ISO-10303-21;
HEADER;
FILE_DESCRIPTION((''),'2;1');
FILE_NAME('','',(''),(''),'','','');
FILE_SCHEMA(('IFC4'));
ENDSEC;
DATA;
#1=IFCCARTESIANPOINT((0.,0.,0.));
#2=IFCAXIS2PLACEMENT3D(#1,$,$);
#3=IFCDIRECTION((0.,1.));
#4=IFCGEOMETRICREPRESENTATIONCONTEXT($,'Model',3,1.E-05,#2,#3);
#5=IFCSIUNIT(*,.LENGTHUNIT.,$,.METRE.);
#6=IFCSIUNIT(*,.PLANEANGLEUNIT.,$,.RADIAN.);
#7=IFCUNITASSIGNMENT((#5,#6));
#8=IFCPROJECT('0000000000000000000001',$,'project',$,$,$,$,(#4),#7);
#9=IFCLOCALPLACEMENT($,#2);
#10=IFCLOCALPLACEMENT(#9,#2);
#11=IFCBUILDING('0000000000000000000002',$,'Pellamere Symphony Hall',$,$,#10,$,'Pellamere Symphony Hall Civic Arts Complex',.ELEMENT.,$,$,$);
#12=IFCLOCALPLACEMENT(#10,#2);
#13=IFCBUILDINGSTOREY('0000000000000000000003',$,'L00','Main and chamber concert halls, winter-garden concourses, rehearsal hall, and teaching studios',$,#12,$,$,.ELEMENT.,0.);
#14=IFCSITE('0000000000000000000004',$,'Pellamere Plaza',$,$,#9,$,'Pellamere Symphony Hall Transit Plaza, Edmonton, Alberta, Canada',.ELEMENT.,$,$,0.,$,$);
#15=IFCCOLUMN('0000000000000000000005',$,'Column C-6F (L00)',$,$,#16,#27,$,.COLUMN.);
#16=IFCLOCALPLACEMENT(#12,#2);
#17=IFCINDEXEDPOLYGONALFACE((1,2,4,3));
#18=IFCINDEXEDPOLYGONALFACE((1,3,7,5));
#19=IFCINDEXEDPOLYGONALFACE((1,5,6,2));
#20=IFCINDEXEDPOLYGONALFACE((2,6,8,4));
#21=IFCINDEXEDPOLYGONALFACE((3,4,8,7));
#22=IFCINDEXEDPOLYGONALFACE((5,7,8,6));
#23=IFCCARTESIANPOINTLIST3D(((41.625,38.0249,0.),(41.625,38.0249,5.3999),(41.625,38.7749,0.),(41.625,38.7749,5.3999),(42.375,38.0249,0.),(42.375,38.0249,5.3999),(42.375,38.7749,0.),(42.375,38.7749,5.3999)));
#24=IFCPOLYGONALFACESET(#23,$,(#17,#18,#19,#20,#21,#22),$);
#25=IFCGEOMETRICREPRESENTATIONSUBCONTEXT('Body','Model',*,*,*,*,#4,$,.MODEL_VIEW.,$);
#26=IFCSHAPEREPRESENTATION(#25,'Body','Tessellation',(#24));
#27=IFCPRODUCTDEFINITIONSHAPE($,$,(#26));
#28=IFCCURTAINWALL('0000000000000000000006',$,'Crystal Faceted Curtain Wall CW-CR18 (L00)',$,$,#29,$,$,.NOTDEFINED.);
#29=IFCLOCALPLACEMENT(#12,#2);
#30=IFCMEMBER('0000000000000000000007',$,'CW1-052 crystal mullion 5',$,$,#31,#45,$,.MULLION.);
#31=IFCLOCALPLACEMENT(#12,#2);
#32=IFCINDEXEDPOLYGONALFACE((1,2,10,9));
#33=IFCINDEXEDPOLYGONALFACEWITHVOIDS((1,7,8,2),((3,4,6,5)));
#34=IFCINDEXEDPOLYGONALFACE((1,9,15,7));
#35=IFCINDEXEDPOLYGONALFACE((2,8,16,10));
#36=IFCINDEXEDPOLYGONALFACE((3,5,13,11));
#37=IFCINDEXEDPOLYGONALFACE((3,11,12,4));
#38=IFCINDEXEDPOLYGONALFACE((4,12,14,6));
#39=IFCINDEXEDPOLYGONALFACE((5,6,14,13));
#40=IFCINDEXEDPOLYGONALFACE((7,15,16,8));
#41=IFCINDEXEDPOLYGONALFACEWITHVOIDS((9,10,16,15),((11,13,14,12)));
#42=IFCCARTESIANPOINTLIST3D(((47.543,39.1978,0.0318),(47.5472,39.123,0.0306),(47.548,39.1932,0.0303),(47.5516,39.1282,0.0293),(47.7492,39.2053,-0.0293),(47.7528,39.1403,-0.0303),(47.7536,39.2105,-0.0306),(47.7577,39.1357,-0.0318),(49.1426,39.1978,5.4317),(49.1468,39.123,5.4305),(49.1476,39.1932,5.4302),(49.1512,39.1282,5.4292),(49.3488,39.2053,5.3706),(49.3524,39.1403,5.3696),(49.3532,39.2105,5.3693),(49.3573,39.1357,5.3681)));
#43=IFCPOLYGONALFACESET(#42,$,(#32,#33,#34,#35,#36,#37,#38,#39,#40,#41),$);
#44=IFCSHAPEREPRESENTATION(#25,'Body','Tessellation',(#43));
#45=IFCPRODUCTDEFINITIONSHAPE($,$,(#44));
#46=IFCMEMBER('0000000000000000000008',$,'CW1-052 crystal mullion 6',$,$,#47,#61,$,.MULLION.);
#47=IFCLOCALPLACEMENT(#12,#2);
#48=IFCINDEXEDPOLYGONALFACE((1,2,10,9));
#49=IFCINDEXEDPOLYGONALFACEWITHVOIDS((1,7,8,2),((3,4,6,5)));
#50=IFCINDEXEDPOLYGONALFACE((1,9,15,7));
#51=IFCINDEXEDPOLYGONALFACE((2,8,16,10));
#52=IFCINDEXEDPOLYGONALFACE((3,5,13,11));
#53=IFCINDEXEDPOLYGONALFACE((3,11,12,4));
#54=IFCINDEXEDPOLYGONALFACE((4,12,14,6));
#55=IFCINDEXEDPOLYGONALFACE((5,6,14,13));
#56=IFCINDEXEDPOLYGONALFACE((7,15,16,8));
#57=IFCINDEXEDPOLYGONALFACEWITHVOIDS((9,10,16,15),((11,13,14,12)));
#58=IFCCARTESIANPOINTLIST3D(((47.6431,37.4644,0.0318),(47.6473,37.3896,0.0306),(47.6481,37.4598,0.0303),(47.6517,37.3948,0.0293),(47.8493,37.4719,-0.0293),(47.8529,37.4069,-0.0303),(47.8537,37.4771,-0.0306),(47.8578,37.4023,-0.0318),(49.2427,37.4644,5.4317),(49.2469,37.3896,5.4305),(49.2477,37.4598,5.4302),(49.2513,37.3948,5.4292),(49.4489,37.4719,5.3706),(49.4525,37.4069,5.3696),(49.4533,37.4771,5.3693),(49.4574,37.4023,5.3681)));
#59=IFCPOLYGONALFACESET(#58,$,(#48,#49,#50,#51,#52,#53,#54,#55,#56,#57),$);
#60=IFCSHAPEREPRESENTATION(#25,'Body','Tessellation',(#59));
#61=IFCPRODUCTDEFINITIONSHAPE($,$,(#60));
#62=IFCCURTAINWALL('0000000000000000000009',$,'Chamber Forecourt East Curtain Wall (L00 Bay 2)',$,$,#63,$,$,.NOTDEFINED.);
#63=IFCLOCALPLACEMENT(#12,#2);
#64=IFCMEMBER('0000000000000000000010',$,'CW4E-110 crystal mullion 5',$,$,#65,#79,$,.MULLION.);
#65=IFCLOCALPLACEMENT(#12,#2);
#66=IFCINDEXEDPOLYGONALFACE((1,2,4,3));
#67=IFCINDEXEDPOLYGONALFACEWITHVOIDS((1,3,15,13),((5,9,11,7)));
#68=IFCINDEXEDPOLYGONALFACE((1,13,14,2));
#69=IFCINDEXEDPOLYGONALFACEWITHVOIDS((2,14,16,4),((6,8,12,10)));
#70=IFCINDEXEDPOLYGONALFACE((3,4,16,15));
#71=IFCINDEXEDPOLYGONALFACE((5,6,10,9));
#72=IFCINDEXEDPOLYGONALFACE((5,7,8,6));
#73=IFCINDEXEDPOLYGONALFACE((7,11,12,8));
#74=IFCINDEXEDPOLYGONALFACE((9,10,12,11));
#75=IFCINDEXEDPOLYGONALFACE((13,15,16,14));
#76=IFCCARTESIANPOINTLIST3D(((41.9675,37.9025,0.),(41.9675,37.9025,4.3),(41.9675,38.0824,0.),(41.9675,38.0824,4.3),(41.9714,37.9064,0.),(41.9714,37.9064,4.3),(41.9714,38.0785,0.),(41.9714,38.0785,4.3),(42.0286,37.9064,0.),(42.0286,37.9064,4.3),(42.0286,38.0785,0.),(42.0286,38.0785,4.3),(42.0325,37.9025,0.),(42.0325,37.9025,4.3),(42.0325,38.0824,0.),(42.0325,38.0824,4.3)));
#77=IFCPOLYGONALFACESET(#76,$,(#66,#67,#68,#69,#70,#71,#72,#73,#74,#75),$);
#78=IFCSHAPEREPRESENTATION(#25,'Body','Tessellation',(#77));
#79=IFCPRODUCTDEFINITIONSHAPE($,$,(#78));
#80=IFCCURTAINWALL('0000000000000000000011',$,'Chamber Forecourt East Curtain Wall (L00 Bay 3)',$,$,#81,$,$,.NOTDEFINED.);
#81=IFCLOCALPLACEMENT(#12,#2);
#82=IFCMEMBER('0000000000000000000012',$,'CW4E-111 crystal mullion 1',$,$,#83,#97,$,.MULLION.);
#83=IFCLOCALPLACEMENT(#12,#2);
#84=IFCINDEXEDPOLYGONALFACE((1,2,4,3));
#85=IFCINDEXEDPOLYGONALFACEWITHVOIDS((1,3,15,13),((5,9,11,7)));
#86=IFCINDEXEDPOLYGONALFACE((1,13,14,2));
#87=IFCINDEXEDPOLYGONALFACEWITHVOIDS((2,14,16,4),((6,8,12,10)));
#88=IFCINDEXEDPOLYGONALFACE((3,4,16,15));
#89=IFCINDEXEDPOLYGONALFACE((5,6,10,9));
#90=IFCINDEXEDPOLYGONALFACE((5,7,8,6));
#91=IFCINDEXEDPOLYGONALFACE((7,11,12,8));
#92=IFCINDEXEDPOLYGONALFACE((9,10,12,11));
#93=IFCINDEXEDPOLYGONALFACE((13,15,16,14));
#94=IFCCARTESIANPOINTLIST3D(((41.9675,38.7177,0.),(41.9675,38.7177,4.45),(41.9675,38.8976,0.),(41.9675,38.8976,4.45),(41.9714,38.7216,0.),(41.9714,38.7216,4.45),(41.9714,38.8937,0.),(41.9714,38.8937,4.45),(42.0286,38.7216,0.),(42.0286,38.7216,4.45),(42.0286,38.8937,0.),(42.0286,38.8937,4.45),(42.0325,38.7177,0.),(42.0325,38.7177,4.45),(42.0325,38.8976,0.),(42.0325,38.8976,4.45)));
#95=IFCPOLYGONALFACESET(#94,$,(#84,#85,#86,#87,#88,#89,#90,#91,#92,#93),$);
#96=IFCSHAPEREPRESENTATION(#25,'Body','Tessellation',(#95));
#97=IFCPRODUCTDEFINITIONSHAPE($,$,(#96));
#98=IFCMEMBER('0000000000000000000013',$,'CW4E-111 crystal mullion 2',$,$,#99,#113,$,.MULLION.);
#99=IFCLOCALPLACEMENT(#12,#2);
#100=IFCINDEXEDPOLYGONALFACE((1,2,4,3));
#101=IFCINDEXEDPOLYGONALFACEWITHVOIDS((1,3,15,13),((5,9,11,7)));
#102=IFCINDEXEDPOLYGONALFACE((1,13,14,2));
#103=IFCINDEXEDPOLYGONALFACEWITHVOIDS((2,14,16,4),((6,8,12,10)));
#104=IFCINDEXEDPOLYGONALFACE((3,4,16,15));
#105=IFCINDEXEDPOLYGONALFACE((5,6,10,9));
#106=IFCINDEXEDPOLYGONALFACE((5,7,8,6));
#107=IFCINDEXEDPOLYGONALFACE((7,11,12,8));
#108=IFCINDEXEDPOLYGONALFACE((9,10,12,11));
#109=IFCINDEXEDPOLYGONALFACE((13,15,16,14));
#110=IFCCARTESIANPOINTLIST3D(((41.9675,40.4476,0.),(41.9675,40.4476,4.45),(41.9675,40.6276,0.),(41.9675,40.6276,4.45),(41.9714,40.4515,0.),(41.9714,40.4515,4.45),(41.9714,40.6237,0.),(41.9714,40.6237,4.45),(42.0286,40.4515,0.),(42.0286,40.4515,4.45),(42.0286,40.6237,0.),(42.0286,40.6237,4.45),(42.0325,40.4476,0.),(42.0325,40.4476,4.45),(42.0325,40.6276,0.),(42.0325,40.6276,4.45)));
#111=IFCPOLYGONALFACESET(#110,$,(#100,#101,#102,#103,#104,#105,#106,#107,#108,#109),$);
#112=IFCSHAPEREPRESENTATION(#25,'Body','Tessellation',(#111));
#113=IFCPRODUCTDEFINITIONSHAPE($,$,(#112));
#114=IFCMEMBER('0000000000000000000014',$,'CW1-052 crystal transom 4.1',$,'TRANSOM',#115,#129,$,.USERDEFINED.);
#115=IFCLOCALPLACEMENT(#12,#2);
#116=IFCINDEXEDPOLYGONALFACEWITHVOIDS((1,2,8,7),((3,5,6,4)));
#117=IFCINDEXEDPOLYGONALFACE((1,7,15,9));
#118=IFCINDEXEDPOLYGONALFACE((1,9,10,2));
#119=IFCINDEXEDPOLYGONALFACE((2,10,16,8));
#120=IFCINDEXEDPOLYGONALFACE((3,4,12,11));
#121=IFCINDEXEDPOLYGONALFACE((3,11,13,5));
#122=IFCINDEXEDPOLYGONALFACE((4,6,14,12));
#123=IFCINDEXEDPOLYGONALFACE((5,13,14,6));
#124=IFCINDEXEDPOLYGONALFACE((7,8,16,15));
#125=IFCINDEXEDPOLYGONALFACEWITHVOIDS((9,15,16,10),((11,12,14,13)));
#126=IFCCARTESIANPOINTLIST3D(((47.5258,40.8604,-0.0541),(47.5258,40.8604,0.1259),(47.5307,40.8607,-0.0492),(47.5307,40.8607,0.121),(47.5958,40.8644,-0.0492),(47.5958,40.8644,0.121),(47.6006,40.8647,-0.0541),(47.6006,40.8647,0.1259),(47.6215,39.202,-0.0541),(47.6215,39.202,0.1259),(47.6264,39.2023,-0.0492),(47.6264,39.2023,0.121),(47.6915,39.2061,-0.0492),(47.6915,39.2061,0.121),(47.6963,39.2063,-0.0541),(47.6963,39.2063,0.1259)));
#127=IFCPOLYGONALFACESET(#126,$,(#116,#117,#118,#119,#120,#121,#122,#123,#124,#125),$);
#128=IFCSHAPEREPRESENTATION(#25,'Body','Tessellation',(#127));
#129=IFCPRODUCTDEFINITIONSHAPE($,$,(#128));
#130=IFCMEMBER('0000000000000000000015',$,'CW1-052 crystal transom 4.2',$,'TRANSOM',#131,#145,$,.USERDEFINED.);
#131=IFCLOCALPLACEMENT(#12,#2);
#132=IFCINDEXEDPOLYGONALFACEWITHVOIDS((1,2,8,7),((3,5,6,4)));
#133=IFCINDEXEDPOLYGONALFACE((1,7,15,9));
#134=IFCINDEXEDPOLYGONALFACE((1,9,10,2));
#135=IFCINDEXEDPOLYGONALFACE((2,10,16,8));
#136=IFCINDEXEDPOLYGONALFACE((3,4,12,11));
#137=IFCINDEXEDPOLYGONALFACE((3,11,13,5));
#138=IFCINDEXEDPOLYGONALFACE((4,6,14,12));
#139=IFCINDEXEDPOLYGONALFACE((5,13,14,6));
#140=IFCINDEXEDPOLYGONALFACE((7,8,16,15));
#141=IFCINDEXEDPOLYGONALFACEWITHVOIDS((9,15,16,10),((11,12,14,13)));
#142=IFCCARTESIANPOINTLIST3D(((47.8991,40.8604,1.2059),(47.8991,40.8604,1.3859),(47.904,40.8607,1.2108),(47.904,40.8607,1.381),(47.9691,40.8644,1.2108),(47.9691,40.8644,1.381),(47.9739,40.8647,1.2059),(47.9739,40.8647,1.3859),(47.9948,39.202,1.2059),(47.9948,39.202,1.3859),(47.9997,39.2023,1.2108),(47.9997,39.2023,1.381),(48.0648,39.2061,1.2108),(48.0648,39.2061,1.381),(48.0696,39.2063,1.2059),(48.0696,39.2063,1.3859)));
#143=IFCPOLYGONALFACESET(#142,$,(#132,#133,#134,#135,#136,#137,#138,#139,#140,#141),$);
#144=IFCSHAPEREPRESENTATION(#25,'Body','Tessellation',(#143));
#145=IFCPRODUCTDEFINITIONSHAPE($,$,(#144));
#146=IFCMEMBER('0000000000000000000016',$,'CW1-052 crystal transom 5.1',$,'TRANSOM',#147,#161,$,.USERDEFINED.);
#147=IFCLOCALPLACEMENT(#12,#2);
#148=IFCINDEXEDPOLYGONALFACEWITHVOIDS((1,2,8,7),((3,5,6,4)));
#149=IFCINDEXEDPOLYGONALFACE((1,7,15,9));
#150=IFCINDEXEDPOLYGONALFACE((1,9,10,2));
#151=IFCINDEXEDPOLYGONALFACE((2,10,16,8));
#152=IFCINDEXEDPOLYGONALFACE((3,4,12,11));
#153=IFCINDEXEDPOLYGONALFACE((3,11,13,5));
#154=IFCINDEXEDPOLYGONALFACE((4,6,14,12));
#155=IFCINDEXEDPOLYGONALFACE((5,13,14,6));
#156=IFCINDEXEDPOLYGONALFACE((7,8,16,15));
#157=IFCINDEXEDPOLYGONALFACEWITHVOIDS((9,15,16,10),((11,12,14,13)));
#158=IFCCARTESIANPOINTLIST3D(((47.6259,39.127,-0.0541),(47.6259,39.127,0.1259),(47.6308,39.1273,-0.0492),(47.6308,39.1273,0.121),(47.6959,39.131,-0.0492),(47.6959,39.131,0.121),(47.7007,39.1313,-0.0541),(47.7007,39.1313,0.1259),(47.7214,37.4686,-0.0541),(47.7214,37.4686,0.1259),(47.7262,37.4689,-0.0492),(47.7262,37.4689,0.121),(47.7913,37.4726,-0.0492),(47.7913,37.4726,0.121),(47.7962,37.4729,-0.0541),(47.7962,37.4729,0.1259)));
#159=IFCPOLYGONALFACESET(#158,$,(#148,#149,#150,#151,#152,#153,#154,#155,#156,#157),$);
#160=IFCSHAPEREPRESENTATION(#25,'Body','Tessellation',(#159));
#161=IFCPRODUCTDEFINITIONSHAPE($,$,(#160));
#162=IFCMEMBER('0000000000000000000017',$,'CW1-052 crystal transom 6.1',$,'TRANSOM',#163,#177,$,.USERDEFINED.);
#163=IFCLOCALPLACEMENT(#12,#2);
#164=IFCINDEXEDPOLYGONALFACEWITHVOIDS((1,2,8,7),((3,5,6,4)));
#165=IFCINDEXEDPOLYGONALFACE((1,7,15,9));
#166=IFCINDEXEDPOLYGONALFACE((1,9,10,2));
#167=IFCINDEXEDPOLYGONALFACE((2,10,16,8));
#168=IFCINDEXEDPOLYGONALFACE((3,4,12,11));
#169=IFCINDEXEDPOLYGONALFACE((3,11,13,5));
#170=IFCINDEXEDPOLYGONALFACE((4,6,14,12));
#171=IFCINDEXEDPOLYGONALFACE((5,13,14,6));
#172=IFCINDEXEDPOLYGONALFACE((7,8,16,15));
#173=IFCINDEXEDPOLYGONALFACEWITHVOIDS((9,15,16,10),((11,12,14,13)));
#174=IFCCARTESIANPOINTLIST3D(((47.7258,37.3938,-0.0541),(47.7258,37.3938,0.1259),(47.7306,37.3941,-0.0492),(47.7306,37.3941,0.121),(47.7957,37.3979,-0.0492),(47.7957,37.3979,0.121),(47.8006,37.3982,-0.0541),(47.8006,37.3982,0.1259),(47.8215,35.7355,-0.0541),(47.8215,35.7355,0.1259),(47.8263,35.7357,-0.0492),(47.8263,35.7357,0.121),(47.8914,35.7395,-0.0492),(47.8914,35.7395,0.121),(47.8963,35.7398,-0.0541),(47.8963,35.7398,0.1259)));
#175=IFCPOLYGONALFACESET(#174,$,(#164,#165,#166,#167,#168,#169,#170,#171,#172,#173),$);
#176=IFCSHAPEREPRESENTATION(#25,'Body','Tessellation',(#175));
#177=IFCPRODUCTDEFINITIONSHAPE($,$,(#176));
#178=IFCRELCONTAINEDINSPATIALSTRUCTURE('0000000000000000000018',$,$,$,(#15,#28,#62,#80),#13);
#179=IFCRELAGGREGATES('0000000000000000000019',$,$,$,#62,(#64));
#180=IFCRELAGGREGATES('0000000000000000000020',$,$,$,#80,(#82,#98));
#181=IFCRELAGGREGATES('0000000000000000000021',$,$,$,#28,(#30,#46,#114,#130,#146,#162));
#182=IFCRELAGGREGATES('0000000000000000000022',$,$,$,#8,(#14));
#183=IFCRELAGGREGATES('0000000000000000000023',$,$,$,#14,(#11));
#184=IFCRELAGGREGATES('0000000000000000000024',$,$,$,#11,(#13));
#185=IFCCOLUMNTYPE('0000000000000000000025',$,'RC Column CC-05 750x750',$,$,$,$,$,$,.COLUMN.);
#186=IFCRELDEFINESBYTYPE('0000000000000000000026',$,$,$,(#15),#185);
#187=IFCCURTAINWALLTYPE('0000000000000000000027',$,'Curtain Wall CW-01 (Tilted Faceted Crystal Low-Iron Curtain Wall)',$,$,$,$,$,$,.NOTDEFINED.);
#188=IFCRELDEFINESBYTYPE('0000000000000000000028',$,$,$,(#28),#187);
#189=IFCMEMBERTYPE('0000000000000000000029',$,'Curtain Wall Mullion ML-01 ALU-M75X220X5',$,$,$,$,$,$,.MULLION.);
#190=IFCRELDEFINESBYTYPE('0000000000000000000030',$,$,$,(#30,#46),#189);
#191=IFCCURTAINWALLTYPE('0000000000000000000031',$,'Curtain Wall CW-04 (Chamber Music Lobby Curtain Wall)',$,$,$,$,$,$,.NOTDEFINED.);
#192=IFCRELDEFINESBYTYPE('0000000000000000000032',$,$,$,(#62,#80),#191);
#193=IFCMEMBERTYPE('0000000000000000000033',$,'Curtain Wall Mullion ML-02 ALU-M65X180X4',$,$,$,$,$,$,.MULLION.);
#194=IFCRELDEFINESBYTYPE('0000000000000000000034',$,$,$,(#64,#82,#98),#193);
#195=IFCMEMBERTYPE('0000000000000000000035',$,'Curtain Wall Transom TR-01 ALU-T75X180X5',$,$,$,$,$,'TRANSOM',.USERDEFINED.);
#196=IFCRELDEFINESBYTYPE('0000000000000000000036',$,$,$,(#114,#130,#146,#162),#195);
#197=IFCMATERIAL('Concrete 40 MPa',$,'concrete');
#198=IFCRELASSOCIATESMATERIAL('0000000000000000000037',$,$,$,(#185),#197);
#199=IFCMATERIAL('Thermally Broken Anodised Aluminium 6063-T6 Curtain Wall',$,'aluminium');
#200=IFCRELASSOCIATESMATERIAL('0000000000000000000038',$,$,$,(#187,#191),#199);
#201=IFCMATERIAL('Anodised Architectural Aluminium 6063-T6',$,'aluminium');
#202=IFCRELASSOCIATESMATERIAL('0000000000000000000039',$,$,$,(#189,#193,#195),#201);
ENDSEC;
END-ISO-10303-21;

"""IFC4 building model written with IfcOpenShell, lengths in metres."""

from ifc_helpers import new_model, si_unit, direction, frame, origin, origin_2d, place, context, subcontext, project, spatial, rectangle, hollow_rectangle, extrude, material, material_profile, profile_set, type_object, element, aggregate, save


model = new_model("IFC4")

# Units and contexts
model_context = context("Model", 3, precision=1e-05, world=origin(), true_north=direction((0.0, 1.0)))
body_context = subcontext(model_context, "Body", "Model", "MODEL_VIEW")
ifc_project = project(units=[si_unit("LENGTHUNIT", "METRE"), si_unit("PLANEANGLEUNIT", "RADIAN")], contexts=[model_context])

# Site, building, storey
site_placement = place(None, origin())
site = spatial("IfcSite", under=ifc_project, at=site_placement, Name="Pellamere Plaza", LongName="Pellamere Symphony Hall Transit Plaza, Edmonton, Alberta, Canada", CompositionType="ELEMENT", RefElevation=0.0)
building_placement = place(site_placement, origin())
building = spatial("IfcBuilding", under=site, at=building_placement, Name="Pellamere Symphony Hall", LongName="Pellamere Symphony Hall Civic Arts Complex", CompositionType="ELEMENT")
storey_placement = place(building_placement, origin())
storey = spatial("IfcBuildingStorey", under=building, at=storey_placement, Name="L00", Description="Main and chamber concert halls, winter-garden concourses, rehearsal hall, and teaching studios", CompositionType="ELEMENT", Elevation=0.0)

# Column
ifc_material_1 = material(Name="Concrete 40 MPa", Category="concrete")
ifc_material_profile_1 = material_profile(ifc_material_1, rectangle(XDim=0.75, YDim=0.75, at=origin_2d()), Name="RC 750x750")
ifc_profile_set_1 = profile_set([ifc_material_profile_1], Name="Concrete 40 MPa")
column_type = type_object("IfcColumnType", Name="RC Column CC-05 750x750", PredefinedType="COLUMN", material=ifc_profile_set_1)
column_placement = place(storey_placement, frame((42.0, 38.3999, 0.0), z_axis=(0.0, 0.0, 1.0), x_axis=(1.0, 0.0, 0.0)))
element("IfcColumn", 1, at=column_placement, inside=storey, type_object=column_type, Name="Column C-6F (L00)", PredefinedType="COLUMN", context=body_context, shape_type="SweptSolid", body=[
    extrude(rectangle(XDim=0.75, YDim=0.75, at=origin_2d()), origin(), (0.0, 0.0, 1.0), 5.3999),
])

# Curtain wall, members
ifc_material_2 = material(Name="Thermally Broken Anodised Aluminium 6063-T6 Curtain Wall", Category="aluminium")
curtain_wall_type_1 = type_object("IfcCurtainWallType", Name="Curtain Wall CW-01 (Tilted Faceted Crystal Low-Iron Curtain Wall)", PredefinedType="NOTDEFINED", material=ifc_material_2)
curtain_wall_1_placement = place(storey_placement, origin())
curtain_wall_1 = element("IfcCurtainWall", 2, at=curtain_wall_1_placement, inside=storey, type_object=curtain_wall_type_1, Name="Crystal Faceted Curtain Wall CW-CR18 (L00)", PredefinedType="NOTDEFINED")
ifc_material_3 = material(Name="Anodised Architectural Aluminium 6063-T6", Category="aluminium")
ifc_material_profile_2 = material_profile(ifc_material_3, hollow_rectangle(XDim=0.075, YDim=0.22, WallThickness=0.0049, at=origin_2d()), Name="ALU-M75X220X5")
ifc_profile_set_2 = profile_set([ifc_material_profile_2], Name="Anodised Architectural Aluminium 6063-T6")
member_type_1 = type_object("IfcMemberType", Name="Curtain Wall Mullion ML-01 ALU-M75X220X5", PredefinedType="MULLION", material=ifc_profile_set_2)
member_1_placement = place(storey_placement, frame((47.6504, 39.1667, 0.0), z_axis=(0.284029, 0.0, 0.958816), x_axis=(-0.055224, 0.99834, 0.016359)))
member_1 = element("IfcMember", 3, at=member_1_placement, type_object=member_type_1, Name="CW1-052 crystal mullion 5", PredefinedType="MULLION", context=body_context, shape_type="SweptSolid", body=[
    extrude(hollow_rectangle(XDim=0.075, YDim=0.22, WallThickness=0.0049, at=origin_2d()), origin(), (0.0, 0.0, 1.0), 5.6318),
])
member_2_placement = place(storey_placement, frame((47.7505, 37.4333, 0.0), z_axis=(0.284029, 0.0, 0.958816), x_axis=(-0.055224, 0.99834, 0.016359)))
member_2 = element("IfcMember", 4, at=member_2_placement, type_object=member_type_1, Name="CW1-052 crystal mullion 6", PredefinedType="MULLION", context=body_context, shape_type="SweptSolid", body=[
    extrude(hollow_rectangle(XDim=0.075, YDim=0.22, WallThickness=0.0049, at=origin_2d()), origin(), (0.0, 0.0, 1.0), 5.6318),
])

# Curtain wall, member
curtain_wall_type_2 = type_object("IfcCurtainWallType", Name="Curtain Wall CW-04 (Chamber Music Lobby Curtain Wall)", PredefinedType="NOTDEFINED", material=ifc_material_2)
curtain_wall_2_placement = place(storey_placement, origin())
curtain_wall_2 = element("IfcCurtainWall", 5, at=curtain_wall_2_placement, inside=storey, type_object=curtain_wall_type_2, Name="Chamber Forecourt East Curtain Wall (L00 Bay 2)", PredefinedType="NOTDEFINED")
ifc_material_profile_3 = material_profile(ifc_material_3, hollow_rectangle(XDim=0.0649, YDim=0.1799, WallThickness=0.0039, at=origin_2d()), Name="ALU-M65X180X4")
ifc_profile_set_3 = profile_set([ifc_material_profile_3], Name="Anodised Architectural Aluminium 6063-T6")
member_type_2 = type_object("IfcMemberType", Name="Curtain Wall Mullion ML-02 ALU-M65X180X4", PredefinedType="MULLION", material=ifc_profile_set_3)
member_3_placement = place(storey_placement, frame((42.0, 37.9924, 0.0), z_axis=(0.0, 0.0, 1.0), x_axis=(-1.0, 0.0, 0.0)))
member_3 = element("IfcMember", 6, at=member_3_placement, type_object=member_type_2, Name="CW4E-110 crystal mullion 5", PredefinedType="MULLION", context=body_context, shape_type="SweptSolid", body=[
    extrude(hollow_rectangle(XDim=0.0649, YDim=0.1799, WallThickness=0.0039, at=origin_2d()), origin(), (0.0, 0.0, 1.0), 4.3),
])

# Curtain wall, members
curtain_wall_3_placement = place(storey_placement, origin())
curtain_wall_3 = element("IfcCurtainWall", 7, at=curtain_wall_3_placement, inside=storey, type_object=curtain_wall_type_2, Name="Chamber Forecourt East Curtain Wall (L00 Bay 3)", PredefinedType="NOTDEFINED")
member_4_placement = place(storey_placement, frame((42.0, 38.8076, 0.0), z_axis=(0.0, 0.0, 1.0), x_axis=(-1.0, 0.0, 0.0)))
member_4 = element("IfcMember", 8, at=member_4_placement, type_object=member_type_2, Name="CW4E-111 crystal mullion 1", PredefinedType="MULLION", context=body_context, shape_type="SweptSolid", body=[
    extrude(hollow_rectangle(XDim=0.0649, YDim=0.1799, WallThickness=0.0039, at=origin_2d()), origin(), (0.0, 0.0, 1.0), 4.45),
])
member_5_placement = place(storey_placement, frame((42.0, 40.5376, 0.0), z_axis=(0.0, 0.0, 1.0), x_axis=(-1.0, 0.0, 0.0)))
member_5 = element("IfcMember", 9, at=member_5_placement, type_object=member_type_2, Name="CW4E-111 crystal mullion 2", PredefinedType="MULLION", context=body_context, shape_type="SweptSolid", body=[
    extrude(hollow_rectangle(XDim=0.0649, YDim=0.1799, WallThickness=0.0039, at=origin_2d()), origin(), (0.0, 0.0, 1.0), 4.45),
])

# Members
ifc_material_profile_4 = material_profile(ifc_material_3, hollow_rectangle(XDim=0.075, YDim=0.1799, WallThickness=0.0049, at=origin_2d()), Name="ALU-T75X180X5")
ifc_profile_set_4 = profile_set([ifc_material_profile_4], Name="Anodised Architectural Aluminium 6063-T6")
member_type_3 = type_object("IfcMemberType", Name="Curtain Wall Transom TR-01 ALU-T75X180X5", ElementType="TRANSOM", PredefinedType="USERDEFINED", material=ifc_profile_set_4)
member_6_placement = place(storey_placement, frame((47.5632, 40.8625, 0.0359), z_axis=(0.057611, -0.998339, 0.0), x_axis=(0.998339, 0.057611, 0.0)))
member_6 = element("IfcMember", 10, at=member_6_placement, type_object=member_type_3, Name="CW1-052 crystal transom 4.1", ObjectType="TRANSOM", PredefinedType="USERDEFINED", context=body_context, shape_type="SweptSolid", body=[
    extrude(hollow_rectangle(XDim=0.075, YDim=0.1799, WallThickness=0.0049, at=origin_2d()), origin(), (0.0, 0.0, 1.0), 1.6611),
])
member_7_placement = place(storey_placement, frame((47.9365, 40.8625, 1.2959), z_axis=(0.057611, -0.998339, 0.0), x_axis=(0.998339, 0.057611, 0.0)))
member_7 = element("IfcMember", 11, at=member_7_placement, type_object=member_type_3, Name="CW1-052 crystal transom 4.2", ObjectType="TRANSOM", PredefinedType="USERDEFINED", context=body_context, shape_type="SweptSolid", body=[
    extrude(hollow_rectangle(XDim=0.075, YDim=0.1799, WallThickness=0.0049, at=origin_2d()), origin(), (0.0, 0.0, 1.0), 1.6611),
])
member_8_placement = place(storey_placement, frame((47.6633, 39.1292, 0.0359), z_axis=(0.057464, -0.998348, 0.0), x_axis=(0.998348, 0.057464, 0.0)))
member_8 = element("IfcMember", 12, at=member_8_placement, type_object=member_type_3, Name="CW1-052 crystal transom 5.1", ObjectType="TRANSOM", PredefinedType="USERDEFINED", context=body_context, shape_type="SweptSolid", body=[
    extrude(hollow_rectangle(XDim=0.075, YDim=0.1799, WallThickness=0.0049, at=origin_2d()), origin(), (0.0, 0.0, 1.0), 1.6611),
])
member_9_placement = place(storey_placement, frame((47.7632, 37.396, 0.0359), z_axis=(0.057611, -0.998339, 0.0), x_axis=(0.998339, 0.057611, 0.0)))
member_9 = element("IfcMember", 13, at=member_9_placement, type_object=member_type_3, Name="CW1-052 crystal transom 6.1", ObjectType="TRANSOM", PredefinedType="USERDEFINED", context=body_context, shape_type="SweptSolid", body=[
    extrude(hollow_rectangle(XDim=0.075, YDim=0.1799, WallThickness=0.0049, at=origin_2d()), origin(), (0.0, 0.0, 1.0), 1.6611),
])

aggregate(curtain_wall_2, [member_3])
aggregate(curtain_wall_3, [member_4, member_5])
aggregate(curtain_wall_1, [member_1, member_2, member_6, member_7, member_8, member_9])

save(model, "model.ifc")
